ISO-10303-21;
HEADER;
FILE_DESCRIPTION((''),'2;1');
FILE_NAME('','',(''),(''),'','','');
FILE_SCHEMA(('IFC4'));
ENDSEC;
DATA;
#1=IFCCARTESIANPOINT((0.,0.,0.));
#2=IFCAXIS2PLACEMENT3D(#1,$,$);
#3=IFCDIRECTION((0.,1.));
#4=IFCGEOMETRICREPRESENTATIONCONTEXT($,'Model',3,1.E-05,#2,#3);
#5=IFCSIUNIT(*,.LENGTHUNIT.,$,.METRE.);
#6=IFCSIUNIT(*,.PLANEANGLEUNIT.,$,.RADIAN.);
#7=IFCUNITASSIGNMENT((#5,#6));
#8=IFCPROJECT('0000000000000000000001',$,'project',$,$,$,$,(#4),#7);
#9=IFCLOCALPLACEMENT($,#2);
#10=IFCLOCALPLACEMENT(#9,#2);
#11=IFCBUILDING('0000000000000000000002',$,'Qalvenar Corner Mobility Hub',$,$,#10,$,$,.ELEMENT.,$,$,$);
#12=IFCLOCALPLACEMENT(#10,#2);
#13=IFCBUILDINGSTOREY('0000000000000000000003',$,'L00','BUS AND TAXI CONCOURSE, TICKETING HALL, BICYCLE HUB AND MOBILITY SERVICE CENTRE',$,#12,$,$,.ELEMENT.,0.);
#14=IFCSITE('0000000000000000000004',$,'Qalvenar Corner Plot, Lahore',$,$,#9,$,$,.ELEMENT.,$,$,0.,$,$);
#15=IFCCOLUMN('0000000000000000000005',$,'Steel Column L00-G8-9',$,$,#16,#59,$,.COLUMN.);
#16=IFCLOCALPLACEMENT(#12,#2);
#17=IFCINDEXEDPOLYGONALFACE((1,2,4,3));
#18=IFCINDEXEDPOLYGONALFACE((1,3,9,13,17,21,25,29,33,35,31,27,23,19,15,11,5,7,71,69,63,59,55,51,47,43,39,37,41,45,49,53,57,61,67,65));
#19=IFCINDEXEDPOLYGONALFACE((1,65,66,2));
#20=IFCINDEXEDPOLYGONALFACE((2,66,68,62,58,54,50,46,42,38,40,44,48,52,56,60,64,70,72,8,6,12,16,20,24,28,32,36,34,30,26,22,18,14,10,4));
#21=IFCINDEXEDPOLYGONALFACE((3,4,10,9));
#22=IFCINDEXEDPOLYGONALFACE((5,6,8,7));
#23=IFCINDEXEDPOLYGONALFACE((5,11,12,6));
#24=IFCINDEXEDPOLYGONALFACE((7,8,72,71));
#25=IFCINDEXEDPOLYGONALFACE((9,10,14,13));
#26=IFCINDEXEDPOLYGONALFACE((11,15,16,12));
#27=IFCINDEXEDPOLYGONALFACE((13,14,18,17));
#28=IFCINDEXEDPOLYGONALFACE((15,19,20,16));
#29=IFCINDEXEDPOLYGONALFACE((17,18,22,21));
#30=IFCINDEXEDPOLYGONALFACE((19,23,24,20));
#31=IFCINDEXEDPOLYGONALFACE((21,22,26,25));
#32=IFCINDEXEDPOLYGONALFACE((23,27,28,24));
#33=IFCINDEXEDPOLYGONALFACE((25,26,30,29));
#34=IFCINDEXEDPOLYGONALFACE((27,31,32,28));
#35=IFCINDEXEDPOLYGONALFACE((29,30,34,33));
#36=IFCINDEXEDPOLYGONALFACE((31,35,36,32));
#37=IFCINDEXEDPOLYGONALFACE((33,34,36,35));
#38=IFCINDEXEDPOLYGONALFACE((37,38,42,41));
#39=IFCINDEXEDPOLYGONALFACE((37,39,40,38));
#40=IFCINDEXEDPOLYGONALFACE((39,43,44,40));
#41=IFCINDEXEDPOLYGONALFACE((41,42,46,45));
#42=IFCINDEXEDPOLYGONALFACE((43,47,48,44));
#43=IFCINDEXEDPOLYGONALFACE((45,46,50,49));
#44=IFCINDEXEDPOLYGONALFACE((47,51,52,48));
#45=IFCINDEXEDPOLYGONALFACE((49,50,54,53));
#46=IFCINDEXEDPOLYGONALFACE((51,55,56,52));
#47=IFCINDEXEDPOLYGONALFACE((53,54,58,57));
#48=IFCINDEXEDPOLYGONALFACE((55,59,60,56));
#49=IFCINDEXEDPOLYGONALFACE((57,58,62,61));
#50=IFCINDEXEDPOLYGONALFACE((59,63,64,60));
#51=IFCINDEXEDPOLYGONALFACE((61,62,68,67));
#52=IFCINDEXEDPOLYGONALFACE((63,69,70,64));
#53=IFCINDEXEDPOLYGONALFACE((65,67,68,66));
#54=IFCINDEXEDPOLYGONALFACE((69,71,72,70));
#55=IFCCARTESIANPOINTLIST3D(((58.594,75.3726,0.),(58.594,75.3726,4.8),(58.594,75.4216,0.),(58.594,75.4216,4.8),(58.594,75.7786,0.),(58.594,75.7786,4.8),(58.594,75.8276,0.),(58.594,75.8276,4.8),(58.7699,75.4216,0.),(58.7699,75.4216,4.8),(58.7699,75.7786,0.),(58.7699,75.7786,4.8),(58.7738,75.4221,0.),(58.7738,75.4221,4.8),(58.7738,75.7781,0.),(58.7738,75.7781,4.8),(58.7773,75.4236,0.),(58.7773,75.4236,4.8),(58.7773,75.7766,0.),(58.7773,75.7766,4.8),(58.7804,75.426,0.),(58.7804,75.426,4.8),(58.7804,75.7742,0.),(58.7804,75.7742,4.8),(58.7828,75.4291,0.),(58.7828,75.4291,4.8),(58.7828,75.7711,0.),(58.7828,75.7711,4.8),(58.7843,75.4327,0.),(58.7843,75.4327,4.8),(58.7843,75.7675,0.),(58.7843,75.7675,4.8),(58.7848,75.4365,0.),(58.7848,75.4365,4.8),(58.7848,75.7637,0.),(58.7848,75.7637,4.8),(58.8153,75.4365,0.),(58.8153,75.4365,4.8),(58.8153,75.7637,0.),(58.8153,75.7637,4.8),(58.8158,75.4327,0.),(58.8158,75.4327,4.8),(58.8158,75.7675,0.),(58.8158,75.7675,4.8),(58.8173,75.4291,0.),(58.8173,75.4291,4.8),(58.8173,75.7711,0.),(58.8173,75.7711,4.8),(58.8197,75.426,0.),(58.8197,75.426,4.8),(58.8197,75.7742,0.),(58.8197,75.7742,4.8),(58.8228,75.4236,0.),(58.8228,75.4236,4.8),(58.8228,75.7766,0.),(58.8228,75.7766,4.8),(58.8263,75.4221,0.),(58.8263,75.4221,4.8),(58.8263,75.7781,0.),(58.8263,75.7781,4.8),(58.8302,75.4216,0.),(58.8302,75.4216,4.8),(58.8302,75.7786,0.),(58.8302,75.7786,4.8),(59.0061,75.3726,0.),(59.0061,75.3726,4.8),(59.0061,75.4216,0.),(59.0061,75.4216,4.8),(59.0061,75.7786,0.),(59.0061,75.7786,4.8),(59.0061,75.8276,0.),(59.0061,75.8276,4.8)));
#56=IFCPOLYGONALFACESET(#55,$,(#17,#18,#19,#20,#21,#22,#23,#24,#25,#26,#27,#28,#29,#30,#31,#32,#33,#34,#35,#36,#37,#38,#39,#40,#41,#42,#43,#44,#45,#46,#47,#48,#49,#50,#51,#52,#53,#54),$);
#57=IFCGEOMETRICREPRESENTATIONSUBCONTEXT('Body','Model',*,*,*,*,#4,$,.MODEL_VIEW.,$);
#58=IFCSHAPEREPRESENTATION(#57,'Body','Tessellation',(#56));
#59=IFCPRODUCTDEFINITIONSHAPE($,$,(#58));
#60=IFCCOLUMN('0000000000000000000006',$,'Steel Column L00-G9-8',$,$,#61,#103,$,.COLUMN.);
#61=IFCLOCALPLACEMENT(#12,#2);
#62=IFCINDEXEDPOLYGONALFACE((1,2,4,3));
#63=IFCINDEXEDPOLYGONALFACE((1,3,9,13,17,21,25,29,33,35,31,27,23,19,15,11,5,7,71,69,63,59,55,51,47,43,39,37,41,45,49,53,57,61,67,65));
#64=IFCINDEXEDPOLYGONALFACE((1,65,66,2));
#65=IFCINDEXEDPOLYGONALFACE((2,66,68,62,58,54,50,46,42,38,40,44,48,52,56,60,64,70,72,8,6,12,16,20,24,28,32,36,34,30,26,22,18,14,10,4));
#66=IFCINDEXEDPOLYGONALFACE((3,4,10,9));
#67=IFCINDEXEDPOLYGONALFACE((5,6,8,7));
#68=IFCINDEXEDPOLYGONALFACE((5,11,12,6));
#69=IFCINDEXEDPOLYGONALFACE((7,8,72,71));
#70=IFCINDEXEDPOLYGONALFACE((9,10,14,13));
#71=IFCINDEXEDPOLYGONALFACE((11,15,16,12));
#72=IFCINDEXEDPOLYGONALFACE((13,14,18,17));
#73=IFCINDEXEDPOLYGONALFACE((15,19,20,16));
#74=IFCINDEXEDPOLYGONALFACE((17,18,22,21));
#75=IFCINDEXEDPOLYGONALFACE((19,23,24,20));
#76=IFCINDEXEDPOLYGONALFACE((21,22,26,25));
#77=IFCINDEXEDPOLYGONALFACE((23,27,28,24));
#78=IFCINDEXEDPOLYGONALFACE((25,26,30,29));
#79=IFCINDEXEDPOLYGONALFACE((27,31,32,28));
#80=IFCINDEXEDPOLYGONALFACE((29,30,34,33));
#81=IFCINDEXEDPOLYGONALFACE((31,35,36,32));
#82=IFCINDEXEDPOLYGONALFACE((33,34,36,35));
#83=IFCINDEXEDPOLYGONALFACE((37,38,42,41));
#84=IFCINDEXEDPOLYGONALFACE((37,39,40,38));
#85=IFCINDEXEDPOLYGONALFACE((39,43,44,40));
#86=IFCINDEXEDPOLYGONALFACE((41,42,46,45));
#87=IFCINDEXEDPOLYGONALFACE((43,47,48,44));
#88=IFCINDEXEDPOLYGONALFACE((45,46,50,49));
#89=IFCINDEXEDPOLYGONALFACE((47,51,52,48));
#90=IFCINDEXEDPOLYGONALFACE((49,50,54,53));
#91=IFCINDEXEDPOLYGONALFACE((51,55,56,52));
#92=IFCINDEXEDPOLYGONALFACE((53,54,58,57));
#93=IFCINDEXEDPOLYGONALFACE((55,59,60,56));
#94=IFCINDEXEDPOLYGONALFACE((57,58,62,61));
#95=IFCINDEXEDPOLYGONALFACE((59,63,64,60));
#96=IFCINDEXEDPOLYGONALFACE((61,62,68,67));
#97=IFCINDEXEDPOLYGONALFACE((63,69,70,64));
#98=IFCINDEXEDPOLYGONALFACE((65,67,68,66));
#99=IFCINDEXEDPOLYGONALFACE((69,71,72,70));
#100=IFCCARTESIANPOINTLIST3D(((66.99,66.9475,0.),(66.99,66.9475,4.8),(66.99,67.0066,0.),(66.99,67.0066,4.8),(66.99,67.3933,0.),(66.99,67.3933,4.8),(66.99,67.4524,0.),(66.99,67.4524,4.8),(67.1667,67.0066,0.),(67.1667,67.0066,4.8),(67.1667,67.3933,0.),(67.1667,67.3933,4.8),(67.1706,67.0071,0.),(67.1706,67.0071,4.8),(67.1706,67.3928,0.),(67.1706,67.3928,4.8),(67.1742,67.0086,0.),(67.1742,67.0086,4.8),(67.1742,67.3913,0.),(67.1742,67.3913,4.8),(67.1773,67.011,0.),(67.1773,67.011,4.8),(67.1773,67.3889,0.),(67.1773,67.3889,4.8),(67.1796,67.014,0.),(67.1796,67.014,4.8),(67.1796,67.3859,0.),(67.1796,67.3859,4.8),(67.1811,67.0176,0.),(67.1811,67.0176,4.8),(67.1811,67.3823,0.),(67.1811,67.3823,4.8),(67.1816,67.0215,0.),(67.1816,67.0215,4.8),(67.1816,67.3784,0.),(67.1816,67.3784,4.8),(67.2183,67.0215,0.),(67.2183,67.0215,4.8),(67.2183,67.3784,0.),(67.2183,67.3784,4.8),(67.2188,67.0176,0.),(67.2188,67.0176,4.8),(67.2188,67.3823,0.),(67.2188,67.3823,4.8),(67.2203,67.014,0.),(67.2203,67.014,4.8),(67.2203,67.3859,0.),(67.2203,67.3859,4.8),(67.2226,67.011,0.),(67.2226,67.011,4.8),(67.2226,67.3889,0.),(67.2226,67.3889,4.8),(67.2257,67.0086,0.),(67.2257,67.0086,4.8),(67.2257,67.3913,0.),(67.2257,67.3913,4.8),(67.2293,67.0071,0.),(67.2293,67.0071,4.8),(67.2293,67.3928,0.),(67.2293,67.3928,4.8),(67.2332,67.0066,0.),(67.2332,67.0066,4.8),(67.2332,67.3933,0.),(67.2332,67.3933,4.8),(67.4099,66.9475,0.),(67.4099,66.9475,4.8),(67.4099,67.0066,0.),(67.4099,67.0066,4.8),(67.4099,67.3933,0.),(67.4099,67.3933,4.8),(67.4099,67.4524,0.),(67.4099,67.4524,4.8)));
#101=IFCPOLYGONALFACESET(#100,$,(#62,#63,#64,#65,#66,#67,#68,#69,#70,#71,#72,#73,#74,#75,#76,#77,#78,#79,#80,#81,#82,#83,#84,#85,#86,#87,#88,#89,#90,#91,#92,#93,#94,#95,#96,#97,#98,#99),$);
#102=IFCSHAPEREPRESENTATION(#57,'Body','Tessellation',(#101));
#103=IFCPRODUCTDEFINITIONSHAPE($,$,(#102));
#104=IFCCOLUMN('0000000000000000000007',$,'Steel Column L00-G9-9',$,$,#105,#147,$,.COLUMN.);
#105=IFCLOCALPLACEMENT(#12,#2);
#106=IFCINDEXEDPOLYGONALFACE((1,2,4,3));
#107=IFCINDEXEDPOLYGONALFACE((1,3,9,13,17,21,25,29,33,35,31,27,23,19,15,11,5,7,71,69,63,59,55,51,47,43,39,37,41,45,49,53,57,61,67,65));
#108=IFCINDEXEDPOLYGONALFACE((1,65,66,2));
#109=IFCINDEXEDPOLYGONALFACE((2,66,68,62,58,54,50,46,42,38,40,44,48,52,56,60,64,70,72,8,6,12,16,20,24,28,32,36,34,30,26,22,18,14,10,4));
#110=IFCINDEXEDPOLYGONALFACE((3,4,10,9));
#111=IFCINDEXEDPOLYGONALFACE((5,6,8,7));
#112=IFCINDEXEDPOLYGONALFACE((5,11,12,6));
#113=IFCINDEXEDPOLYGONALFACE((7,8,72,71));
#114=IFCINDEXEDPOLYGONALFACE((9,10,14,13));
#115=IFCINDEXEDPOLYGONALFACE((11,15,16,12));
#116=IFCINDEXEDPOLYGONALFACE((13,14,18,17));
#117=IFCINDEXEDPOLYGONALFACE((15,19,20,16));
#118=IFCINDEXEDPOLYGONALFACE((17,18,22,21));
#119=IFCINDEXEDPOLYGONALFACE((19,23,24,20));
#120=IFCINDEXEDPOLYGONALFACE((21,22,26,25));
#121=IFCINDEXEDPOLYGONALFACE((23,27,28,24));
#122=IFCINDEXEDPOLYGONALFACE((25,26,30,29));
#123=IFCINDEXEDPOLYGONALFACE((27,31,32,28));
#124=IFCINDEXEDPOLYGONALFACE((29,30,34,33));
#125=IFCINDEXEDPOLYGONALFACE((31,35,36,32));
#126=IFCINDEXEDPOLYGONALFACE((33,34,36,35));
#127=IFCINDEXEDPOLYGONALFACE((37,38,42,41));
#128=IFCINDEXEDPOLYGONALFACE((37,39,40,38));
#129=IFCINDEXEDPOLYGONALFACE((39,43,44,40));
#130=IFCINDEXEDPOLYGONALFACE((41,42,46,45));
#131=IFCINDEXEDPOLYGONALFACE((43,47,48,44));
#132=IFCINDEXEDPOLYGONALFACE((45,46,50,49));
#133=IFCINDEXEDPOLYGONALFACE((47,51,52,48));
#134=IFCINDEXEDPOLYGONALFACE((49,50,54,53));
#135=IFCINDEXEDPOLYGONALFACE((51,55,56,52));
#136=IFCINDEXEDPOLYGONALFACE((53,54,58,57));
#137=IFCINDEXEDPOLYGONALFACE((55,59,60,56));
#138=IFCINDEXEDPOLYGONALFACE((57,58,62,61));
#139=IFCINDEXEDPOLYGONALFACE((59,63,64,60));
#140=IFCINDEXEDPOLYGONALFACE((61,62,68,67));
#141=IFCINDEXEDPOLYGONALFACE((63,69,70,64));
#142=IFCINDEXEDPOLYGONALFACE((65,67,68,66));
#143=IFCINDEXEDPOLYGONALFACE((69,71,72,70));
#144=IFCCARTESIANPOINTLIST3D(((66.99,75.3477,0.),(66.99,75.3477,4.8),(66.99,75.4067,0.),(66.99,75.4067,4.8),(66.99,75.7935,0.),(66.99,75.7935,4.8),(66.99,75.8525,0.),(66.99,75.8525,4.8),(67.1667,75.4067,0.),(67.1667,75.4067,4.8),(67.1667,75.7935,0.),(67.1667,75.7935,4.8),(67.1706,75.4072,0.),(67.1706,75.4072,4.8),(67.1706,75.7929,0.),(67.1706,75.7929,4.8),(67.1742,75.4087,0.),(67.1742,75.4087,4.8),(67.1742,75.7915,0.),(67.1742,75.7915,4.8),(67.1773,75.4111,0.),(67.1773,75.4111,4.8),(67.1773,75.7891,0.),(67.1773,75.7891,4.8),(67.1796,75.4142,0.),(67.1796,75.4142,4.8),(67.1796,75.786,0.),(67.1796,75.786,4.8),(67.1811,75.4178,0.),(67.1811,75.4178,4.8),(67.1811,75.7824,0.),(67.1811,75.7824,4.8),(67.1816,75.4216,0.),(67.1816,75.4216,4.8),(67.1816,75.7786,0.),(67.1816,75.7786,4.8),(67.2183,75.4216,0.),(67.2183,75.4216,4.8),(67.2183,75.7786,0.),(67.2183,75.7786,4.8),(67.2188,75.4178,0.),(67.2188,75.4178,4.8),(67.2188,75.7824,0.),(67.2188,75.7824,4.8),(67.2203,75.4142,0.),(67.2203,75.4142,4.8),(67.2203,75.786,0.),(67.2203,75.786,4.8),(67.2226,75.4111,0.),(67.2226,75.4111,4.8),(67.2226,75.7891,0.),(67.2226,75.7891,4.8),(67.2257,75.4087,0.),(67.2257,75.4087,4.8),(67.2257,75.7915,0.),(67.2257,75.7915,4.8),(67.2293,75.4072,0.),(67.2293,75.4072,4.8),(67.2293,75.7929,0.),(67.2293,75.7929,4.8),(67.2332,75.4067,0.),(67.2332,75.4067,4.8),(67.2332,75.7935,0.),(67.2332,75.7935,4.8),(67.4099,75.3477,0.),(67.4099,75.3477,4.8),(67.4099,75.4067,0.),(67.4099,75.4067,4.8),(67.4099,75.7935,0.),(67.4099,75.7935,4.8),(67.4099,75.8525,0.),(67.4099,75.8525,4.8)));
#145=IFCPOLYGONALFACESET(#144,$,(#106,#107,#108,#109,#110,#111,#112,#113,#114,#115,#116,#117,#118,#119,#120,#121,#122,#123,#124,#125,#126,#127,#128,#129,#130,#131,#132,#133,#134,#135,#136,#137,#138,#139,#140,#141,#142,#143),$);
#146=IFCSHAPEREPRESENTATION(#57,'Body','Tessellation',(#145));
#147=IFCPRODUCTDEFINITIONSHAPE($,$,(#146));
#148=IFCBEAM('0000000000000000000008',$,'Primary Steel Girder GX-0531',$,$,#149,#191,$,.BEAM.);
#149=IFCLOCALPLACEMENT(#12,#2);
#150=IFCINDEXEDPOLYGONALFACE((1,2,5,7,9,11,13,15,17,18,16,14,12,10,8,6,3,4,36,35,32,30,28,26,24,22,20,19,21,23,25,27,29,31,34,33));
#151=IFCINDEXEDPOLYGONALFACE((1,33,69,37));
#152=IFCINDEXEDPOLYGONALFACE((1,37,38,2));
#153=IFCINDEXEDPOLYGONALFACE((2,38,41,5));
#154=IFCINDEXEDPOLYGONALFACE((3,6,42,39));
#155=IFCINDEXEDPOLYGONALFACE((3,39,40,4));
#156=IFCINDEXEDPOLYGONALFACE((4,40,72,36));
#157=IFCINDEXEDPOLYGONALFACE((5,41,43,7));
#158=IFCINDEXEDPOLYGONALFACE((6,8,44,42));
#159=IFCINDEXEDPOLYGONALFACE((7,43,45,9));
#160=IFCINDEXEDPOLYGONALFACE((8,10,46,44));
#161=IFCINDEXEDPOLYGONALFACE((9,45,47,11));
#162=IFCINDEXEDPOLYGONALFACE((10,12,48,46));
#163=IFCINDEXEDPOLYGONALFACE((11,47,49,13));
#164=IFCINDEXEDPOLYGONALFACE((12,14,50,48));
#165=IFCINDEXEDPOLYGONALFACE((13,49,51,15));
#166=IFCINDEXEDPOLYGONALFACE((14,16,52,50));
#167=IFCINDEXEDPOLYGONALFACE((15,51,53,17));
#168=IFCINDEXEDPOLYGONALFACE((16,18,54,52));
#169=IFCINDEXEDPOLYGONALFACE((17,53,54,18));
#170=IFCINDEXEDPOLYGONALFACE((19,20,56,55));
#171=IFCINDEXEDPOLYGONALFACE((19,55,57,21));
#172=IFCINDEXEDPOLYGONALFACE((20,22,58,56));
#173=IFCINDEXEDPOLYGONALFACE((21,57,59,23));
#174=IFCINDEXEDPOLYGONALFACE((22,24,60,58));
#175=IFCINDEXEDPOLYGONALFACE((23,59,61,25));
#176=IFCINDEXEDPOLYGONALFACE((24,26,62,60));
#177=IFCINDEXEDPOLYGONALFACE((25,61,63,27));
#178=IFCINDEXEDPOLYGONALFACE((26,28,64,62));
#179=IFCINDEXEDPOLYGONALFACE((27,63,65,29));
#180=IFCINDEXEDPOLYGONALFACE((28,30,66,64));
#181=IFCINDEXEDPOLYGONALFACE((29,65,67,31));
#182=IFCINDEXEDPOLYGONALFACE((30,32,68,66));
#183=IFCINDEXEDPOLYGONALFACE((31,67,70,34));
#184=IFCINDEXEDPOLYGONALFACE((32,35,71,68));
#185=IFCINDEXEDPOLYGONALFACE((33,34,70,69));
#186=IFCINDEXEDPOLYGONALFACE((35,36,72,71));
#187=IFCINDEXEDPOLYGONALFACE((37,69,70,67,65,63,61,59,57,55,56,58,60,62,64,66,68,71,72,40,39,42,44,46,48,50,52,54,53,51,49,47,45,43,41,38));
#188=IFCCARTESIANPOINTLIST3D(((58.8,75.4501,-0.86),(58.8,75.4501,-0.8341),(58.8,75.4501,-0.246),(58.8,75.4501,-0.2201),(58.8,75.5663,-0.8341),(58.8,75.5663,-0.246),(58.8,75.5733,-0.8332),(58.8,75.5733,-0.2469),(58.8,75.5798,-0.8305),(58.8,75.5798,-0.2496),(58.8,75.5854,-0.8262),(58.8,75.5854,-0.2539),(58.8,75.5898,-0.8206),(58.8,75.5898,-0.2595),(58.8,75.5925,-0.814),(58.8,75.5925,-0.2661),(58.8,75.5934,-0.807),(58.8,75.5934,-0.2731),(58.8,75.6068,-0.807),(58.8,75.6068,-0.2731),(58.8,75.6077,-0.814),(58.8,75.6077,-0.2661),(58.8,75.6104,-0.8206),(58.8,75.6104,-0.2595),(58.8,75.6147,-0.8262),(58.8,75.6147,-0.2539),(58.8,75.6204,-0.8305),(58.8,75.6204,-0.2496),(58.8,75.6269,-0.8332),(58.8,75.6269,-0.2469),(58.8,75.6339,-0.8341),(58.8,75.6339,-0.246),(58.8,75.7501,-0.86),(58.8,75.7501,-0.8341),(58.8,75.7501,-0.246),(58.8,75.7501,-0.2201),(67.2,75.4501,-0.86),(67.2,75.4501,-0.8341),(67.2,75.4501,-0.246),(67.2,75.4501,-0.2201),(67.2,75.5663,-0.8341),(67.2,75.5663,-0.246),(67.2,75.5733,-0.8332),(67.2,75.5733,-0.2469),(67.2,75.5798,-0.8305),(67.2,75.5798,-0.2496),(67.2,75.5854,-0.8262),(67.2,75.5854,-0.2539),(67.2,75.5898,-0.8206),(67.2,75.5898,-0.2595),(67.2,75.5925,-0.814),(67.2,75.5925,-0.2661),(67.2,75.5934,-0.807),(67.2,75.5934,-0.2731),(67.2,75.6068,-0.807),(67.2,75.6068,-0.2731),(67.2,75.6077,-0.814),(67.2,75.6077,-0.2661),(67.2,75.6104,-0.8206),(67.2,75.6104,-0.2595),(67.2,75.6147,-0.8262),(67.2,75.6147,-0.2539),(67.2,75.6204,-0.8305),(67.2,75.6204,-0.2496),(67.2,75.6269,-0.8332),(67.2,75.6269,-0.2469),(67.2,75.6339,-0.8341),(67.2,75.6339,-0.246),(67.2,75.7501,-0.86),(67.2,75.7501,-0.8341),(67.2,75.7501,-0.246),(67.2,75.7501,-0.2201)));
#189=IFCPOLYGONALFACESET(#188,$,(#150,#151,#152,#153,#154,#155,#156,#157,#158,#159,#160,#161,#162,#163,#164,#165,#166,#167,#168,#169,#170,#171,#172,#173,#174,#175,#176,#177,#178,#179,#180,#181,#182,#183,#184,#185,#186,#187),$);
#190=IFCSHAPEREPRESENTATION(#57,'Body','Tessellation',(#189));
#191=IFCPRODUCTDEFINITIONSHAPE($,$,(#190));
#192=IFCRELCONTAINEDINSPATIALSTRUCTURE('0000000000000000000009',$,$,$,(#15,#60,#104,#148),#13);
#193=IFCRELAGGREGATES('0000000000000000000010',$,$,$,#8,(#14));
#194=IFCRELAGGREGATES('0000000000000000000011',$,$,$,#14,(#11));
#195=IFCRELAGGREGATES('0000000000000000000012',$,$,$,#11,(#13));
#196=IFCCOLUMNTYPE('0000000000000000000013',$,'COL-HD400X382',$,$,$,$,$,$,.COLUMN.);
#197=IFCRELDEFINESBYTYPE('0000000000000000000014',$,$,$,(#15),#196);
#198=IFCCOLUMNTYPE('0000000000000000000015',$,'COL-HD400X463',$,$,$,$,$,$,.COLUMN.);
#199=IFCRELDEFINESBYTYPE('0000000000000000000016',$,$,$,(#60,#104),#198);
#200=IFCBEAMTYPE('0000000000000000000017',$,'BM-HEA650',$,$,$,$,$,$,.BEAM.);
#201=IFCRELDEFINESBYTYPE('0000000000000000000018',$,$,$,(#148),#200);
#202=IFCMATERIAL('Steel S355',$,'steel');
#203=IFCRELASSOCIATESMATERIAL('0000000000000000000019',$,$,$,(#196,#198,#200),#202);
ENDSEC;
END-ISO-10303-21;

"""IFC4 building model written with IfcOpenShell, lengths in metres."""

from ifc_helpers import new_model, si_unit, direction, frame, origin, origin_2d, place, context, subcontext, project, spatial, i_section, extrude, material, material_profile, profile_set, type_object, element, save


model = new_model("IFC4")

# Units and contexts
model_context = context("Model", 3, precision=1e-05, world=origin(), true_north=direction((0.0, 1.0)))
body_context = subcontext(model_context, "Body", "Model", "MODEL_VIEW")
ifc_project = project(units=[si_unit("LENGTHUNIT", "METRE"), si_unit("PLANEANGLEUNIT", "RADIAN")], contexts=[model_context])

# Site, building, storey
site_placement = place(None, origin())
site = spatial("IfcSite", under=ifc_project, at=site_placement, Name="Qalvenar Corner Plot, Lahore", CompositionType="ELEMENT", RefElevation=0.0)
building_placement = place(site_placement, origin())
building = spatial("IfcBuilding", under=site, at=building_placement, Name="Qalvenar Corner Mobility Hub", CompositionType="ELEMENT")
storey_placement = place(building_placement, origin())
storey = spatial("IfcBuildingStorey", under=building, at=storey_placement, Name="L00", Description="BUS AND TAXI CONCOURSE, TICKETING HALL, BICYCLE HUB AND MOBILITY SERVICE CENTRE", CompositionType="ELEMENT", Elevation=0.0)

# Columns
ifc_material_1 = material(Name="Steel S355", Category="steel")
ifc_material_profile_1 = material_profile(ifc_material_1, i_section(OverallWidth=0.4121, OverallDepth=0.4551, WebThickness=0.0305, FlangeThickness=0.0491, FilletRadius=0.0149, at=origin_2d()), Name="HD400x421")
ifc_profile_set_1 = profile_set([ifc_material_profile_1], Name="Steel S355")
column_type_1 = type_object("IfcColumnType", Name="COL-HD400X382", PredefinedType="COLUMN", material=ifc_profile_set_1)
column_placement = place(storey_placement, frame((58.8, 75.6001, 0.0), z_axis=(0.0, 0.0, 1.0), x_axis=(1.0, 0.0, 0.0)))
element("IfcColumn", 1, at=column_placement, inside=storey, type_object=column_type_1, Name="Steel Column L00-G8-9", PredefinedType="COLUMN", context=body_context, shape_type="SweptSolid", body=[
    extrude(i_section(OverallWidth=0.4121, OverallDepth=0.4551, WebThickness=0.0305, FlangeThickness=0.0491, FilletRadius=0.0149, at=origin_2d()), origin(), (0.0, 0.0, 1.0), 4.8),
])
ifc_material_profile_2 = material_profile(ifc_material_1, i_section(OverallWidth=0.4199, OverallDepth=0.5049, WebThickness=0.0366, FlangeThickness=0.0591, FilletRadius=0.0149, at=origin_2d()), Name="HD400x551")
ifc_profile_set_2 = profile_set([ifc_material_profile_2], Name="Steel S355")
column_type_2 = type_object("IfcColumnType", Name="COL-HD400X463", PredefinedType="COLUMN", material=ifc_profile_set_2)
for number, where, z_axis, x_axis, name in (
    (2, (67.2, 67.2, 0.0), (0.0, 0.0, 1.0), (1.0, 0.0, 0.0), "Steel Column L00-G9-8"),
    (3, (67.2, 75.6001, 0.0), (0.0, 0.0, 1.0), (1.0, 0.0, 0.0), "Steel Column L00-G9-9"),
):
    element("IfcColumn", number, at=place(storey_placement, frame(where, z_axis=z_axis, x_axis=x_axis)), inside=storey, type_object=column_type_2, Name=name, PredefinedType="COLUMN", context=body_context, shape_type="SweptSolid", body=[
        extrude(i_section(OverallWidth=0.4199, OverallDepth=0.5049, WebThickness=0.0366, FlangeThickness=0.0591, FilletRadius=0.0149, at=origin_2d()), origin(), (0.0, 0.0, 1.0), 4.8),
    ])

# Beam
ifc_material_profile_3 = material_profile(ifc_material_1, i_section(OverallWidth=0.3, OverallDepth=0.6399, WebThickness=0.0134, FlangeThickness=0.0259, FilletRadius=0.0271, at=origin_2d()), Name="HEA650")
ifc_profile_set_3 = profile_set([ifc_material_profile_3], Name="Steel S355")
beam_type_1 = type_object("IfcBeamType", Name="BM-HEA650", PredefinedType="BEAM", material=ifc_profile_set_3)
beam_1_placement = place(storey_placement, frame((58.8, 75.6001, -0.54), z_axis=(1.0, 0.0, 0.0), x_axis=(0.0, 1.0, 0.0)))
element("IfcBeam", 4, at=beam_1_placement, inside=storey, type_object=beam_type_1, Name="Primary Steel Girder GX-0531", PredefinedType="BEAM", context=body_context, shape_type="SweptSolid", body=[
    extrude(i_section(OverallWidth=0.3, OverallDepth=0.6399, WebThickness=0.0134, FlangeThickness=0.0259, FilletRadius=0.0271, at=origin_2d()), origin(), (0.0, 0.0, 1.0), 8.3999),
])

save(model, "model.ifc")
